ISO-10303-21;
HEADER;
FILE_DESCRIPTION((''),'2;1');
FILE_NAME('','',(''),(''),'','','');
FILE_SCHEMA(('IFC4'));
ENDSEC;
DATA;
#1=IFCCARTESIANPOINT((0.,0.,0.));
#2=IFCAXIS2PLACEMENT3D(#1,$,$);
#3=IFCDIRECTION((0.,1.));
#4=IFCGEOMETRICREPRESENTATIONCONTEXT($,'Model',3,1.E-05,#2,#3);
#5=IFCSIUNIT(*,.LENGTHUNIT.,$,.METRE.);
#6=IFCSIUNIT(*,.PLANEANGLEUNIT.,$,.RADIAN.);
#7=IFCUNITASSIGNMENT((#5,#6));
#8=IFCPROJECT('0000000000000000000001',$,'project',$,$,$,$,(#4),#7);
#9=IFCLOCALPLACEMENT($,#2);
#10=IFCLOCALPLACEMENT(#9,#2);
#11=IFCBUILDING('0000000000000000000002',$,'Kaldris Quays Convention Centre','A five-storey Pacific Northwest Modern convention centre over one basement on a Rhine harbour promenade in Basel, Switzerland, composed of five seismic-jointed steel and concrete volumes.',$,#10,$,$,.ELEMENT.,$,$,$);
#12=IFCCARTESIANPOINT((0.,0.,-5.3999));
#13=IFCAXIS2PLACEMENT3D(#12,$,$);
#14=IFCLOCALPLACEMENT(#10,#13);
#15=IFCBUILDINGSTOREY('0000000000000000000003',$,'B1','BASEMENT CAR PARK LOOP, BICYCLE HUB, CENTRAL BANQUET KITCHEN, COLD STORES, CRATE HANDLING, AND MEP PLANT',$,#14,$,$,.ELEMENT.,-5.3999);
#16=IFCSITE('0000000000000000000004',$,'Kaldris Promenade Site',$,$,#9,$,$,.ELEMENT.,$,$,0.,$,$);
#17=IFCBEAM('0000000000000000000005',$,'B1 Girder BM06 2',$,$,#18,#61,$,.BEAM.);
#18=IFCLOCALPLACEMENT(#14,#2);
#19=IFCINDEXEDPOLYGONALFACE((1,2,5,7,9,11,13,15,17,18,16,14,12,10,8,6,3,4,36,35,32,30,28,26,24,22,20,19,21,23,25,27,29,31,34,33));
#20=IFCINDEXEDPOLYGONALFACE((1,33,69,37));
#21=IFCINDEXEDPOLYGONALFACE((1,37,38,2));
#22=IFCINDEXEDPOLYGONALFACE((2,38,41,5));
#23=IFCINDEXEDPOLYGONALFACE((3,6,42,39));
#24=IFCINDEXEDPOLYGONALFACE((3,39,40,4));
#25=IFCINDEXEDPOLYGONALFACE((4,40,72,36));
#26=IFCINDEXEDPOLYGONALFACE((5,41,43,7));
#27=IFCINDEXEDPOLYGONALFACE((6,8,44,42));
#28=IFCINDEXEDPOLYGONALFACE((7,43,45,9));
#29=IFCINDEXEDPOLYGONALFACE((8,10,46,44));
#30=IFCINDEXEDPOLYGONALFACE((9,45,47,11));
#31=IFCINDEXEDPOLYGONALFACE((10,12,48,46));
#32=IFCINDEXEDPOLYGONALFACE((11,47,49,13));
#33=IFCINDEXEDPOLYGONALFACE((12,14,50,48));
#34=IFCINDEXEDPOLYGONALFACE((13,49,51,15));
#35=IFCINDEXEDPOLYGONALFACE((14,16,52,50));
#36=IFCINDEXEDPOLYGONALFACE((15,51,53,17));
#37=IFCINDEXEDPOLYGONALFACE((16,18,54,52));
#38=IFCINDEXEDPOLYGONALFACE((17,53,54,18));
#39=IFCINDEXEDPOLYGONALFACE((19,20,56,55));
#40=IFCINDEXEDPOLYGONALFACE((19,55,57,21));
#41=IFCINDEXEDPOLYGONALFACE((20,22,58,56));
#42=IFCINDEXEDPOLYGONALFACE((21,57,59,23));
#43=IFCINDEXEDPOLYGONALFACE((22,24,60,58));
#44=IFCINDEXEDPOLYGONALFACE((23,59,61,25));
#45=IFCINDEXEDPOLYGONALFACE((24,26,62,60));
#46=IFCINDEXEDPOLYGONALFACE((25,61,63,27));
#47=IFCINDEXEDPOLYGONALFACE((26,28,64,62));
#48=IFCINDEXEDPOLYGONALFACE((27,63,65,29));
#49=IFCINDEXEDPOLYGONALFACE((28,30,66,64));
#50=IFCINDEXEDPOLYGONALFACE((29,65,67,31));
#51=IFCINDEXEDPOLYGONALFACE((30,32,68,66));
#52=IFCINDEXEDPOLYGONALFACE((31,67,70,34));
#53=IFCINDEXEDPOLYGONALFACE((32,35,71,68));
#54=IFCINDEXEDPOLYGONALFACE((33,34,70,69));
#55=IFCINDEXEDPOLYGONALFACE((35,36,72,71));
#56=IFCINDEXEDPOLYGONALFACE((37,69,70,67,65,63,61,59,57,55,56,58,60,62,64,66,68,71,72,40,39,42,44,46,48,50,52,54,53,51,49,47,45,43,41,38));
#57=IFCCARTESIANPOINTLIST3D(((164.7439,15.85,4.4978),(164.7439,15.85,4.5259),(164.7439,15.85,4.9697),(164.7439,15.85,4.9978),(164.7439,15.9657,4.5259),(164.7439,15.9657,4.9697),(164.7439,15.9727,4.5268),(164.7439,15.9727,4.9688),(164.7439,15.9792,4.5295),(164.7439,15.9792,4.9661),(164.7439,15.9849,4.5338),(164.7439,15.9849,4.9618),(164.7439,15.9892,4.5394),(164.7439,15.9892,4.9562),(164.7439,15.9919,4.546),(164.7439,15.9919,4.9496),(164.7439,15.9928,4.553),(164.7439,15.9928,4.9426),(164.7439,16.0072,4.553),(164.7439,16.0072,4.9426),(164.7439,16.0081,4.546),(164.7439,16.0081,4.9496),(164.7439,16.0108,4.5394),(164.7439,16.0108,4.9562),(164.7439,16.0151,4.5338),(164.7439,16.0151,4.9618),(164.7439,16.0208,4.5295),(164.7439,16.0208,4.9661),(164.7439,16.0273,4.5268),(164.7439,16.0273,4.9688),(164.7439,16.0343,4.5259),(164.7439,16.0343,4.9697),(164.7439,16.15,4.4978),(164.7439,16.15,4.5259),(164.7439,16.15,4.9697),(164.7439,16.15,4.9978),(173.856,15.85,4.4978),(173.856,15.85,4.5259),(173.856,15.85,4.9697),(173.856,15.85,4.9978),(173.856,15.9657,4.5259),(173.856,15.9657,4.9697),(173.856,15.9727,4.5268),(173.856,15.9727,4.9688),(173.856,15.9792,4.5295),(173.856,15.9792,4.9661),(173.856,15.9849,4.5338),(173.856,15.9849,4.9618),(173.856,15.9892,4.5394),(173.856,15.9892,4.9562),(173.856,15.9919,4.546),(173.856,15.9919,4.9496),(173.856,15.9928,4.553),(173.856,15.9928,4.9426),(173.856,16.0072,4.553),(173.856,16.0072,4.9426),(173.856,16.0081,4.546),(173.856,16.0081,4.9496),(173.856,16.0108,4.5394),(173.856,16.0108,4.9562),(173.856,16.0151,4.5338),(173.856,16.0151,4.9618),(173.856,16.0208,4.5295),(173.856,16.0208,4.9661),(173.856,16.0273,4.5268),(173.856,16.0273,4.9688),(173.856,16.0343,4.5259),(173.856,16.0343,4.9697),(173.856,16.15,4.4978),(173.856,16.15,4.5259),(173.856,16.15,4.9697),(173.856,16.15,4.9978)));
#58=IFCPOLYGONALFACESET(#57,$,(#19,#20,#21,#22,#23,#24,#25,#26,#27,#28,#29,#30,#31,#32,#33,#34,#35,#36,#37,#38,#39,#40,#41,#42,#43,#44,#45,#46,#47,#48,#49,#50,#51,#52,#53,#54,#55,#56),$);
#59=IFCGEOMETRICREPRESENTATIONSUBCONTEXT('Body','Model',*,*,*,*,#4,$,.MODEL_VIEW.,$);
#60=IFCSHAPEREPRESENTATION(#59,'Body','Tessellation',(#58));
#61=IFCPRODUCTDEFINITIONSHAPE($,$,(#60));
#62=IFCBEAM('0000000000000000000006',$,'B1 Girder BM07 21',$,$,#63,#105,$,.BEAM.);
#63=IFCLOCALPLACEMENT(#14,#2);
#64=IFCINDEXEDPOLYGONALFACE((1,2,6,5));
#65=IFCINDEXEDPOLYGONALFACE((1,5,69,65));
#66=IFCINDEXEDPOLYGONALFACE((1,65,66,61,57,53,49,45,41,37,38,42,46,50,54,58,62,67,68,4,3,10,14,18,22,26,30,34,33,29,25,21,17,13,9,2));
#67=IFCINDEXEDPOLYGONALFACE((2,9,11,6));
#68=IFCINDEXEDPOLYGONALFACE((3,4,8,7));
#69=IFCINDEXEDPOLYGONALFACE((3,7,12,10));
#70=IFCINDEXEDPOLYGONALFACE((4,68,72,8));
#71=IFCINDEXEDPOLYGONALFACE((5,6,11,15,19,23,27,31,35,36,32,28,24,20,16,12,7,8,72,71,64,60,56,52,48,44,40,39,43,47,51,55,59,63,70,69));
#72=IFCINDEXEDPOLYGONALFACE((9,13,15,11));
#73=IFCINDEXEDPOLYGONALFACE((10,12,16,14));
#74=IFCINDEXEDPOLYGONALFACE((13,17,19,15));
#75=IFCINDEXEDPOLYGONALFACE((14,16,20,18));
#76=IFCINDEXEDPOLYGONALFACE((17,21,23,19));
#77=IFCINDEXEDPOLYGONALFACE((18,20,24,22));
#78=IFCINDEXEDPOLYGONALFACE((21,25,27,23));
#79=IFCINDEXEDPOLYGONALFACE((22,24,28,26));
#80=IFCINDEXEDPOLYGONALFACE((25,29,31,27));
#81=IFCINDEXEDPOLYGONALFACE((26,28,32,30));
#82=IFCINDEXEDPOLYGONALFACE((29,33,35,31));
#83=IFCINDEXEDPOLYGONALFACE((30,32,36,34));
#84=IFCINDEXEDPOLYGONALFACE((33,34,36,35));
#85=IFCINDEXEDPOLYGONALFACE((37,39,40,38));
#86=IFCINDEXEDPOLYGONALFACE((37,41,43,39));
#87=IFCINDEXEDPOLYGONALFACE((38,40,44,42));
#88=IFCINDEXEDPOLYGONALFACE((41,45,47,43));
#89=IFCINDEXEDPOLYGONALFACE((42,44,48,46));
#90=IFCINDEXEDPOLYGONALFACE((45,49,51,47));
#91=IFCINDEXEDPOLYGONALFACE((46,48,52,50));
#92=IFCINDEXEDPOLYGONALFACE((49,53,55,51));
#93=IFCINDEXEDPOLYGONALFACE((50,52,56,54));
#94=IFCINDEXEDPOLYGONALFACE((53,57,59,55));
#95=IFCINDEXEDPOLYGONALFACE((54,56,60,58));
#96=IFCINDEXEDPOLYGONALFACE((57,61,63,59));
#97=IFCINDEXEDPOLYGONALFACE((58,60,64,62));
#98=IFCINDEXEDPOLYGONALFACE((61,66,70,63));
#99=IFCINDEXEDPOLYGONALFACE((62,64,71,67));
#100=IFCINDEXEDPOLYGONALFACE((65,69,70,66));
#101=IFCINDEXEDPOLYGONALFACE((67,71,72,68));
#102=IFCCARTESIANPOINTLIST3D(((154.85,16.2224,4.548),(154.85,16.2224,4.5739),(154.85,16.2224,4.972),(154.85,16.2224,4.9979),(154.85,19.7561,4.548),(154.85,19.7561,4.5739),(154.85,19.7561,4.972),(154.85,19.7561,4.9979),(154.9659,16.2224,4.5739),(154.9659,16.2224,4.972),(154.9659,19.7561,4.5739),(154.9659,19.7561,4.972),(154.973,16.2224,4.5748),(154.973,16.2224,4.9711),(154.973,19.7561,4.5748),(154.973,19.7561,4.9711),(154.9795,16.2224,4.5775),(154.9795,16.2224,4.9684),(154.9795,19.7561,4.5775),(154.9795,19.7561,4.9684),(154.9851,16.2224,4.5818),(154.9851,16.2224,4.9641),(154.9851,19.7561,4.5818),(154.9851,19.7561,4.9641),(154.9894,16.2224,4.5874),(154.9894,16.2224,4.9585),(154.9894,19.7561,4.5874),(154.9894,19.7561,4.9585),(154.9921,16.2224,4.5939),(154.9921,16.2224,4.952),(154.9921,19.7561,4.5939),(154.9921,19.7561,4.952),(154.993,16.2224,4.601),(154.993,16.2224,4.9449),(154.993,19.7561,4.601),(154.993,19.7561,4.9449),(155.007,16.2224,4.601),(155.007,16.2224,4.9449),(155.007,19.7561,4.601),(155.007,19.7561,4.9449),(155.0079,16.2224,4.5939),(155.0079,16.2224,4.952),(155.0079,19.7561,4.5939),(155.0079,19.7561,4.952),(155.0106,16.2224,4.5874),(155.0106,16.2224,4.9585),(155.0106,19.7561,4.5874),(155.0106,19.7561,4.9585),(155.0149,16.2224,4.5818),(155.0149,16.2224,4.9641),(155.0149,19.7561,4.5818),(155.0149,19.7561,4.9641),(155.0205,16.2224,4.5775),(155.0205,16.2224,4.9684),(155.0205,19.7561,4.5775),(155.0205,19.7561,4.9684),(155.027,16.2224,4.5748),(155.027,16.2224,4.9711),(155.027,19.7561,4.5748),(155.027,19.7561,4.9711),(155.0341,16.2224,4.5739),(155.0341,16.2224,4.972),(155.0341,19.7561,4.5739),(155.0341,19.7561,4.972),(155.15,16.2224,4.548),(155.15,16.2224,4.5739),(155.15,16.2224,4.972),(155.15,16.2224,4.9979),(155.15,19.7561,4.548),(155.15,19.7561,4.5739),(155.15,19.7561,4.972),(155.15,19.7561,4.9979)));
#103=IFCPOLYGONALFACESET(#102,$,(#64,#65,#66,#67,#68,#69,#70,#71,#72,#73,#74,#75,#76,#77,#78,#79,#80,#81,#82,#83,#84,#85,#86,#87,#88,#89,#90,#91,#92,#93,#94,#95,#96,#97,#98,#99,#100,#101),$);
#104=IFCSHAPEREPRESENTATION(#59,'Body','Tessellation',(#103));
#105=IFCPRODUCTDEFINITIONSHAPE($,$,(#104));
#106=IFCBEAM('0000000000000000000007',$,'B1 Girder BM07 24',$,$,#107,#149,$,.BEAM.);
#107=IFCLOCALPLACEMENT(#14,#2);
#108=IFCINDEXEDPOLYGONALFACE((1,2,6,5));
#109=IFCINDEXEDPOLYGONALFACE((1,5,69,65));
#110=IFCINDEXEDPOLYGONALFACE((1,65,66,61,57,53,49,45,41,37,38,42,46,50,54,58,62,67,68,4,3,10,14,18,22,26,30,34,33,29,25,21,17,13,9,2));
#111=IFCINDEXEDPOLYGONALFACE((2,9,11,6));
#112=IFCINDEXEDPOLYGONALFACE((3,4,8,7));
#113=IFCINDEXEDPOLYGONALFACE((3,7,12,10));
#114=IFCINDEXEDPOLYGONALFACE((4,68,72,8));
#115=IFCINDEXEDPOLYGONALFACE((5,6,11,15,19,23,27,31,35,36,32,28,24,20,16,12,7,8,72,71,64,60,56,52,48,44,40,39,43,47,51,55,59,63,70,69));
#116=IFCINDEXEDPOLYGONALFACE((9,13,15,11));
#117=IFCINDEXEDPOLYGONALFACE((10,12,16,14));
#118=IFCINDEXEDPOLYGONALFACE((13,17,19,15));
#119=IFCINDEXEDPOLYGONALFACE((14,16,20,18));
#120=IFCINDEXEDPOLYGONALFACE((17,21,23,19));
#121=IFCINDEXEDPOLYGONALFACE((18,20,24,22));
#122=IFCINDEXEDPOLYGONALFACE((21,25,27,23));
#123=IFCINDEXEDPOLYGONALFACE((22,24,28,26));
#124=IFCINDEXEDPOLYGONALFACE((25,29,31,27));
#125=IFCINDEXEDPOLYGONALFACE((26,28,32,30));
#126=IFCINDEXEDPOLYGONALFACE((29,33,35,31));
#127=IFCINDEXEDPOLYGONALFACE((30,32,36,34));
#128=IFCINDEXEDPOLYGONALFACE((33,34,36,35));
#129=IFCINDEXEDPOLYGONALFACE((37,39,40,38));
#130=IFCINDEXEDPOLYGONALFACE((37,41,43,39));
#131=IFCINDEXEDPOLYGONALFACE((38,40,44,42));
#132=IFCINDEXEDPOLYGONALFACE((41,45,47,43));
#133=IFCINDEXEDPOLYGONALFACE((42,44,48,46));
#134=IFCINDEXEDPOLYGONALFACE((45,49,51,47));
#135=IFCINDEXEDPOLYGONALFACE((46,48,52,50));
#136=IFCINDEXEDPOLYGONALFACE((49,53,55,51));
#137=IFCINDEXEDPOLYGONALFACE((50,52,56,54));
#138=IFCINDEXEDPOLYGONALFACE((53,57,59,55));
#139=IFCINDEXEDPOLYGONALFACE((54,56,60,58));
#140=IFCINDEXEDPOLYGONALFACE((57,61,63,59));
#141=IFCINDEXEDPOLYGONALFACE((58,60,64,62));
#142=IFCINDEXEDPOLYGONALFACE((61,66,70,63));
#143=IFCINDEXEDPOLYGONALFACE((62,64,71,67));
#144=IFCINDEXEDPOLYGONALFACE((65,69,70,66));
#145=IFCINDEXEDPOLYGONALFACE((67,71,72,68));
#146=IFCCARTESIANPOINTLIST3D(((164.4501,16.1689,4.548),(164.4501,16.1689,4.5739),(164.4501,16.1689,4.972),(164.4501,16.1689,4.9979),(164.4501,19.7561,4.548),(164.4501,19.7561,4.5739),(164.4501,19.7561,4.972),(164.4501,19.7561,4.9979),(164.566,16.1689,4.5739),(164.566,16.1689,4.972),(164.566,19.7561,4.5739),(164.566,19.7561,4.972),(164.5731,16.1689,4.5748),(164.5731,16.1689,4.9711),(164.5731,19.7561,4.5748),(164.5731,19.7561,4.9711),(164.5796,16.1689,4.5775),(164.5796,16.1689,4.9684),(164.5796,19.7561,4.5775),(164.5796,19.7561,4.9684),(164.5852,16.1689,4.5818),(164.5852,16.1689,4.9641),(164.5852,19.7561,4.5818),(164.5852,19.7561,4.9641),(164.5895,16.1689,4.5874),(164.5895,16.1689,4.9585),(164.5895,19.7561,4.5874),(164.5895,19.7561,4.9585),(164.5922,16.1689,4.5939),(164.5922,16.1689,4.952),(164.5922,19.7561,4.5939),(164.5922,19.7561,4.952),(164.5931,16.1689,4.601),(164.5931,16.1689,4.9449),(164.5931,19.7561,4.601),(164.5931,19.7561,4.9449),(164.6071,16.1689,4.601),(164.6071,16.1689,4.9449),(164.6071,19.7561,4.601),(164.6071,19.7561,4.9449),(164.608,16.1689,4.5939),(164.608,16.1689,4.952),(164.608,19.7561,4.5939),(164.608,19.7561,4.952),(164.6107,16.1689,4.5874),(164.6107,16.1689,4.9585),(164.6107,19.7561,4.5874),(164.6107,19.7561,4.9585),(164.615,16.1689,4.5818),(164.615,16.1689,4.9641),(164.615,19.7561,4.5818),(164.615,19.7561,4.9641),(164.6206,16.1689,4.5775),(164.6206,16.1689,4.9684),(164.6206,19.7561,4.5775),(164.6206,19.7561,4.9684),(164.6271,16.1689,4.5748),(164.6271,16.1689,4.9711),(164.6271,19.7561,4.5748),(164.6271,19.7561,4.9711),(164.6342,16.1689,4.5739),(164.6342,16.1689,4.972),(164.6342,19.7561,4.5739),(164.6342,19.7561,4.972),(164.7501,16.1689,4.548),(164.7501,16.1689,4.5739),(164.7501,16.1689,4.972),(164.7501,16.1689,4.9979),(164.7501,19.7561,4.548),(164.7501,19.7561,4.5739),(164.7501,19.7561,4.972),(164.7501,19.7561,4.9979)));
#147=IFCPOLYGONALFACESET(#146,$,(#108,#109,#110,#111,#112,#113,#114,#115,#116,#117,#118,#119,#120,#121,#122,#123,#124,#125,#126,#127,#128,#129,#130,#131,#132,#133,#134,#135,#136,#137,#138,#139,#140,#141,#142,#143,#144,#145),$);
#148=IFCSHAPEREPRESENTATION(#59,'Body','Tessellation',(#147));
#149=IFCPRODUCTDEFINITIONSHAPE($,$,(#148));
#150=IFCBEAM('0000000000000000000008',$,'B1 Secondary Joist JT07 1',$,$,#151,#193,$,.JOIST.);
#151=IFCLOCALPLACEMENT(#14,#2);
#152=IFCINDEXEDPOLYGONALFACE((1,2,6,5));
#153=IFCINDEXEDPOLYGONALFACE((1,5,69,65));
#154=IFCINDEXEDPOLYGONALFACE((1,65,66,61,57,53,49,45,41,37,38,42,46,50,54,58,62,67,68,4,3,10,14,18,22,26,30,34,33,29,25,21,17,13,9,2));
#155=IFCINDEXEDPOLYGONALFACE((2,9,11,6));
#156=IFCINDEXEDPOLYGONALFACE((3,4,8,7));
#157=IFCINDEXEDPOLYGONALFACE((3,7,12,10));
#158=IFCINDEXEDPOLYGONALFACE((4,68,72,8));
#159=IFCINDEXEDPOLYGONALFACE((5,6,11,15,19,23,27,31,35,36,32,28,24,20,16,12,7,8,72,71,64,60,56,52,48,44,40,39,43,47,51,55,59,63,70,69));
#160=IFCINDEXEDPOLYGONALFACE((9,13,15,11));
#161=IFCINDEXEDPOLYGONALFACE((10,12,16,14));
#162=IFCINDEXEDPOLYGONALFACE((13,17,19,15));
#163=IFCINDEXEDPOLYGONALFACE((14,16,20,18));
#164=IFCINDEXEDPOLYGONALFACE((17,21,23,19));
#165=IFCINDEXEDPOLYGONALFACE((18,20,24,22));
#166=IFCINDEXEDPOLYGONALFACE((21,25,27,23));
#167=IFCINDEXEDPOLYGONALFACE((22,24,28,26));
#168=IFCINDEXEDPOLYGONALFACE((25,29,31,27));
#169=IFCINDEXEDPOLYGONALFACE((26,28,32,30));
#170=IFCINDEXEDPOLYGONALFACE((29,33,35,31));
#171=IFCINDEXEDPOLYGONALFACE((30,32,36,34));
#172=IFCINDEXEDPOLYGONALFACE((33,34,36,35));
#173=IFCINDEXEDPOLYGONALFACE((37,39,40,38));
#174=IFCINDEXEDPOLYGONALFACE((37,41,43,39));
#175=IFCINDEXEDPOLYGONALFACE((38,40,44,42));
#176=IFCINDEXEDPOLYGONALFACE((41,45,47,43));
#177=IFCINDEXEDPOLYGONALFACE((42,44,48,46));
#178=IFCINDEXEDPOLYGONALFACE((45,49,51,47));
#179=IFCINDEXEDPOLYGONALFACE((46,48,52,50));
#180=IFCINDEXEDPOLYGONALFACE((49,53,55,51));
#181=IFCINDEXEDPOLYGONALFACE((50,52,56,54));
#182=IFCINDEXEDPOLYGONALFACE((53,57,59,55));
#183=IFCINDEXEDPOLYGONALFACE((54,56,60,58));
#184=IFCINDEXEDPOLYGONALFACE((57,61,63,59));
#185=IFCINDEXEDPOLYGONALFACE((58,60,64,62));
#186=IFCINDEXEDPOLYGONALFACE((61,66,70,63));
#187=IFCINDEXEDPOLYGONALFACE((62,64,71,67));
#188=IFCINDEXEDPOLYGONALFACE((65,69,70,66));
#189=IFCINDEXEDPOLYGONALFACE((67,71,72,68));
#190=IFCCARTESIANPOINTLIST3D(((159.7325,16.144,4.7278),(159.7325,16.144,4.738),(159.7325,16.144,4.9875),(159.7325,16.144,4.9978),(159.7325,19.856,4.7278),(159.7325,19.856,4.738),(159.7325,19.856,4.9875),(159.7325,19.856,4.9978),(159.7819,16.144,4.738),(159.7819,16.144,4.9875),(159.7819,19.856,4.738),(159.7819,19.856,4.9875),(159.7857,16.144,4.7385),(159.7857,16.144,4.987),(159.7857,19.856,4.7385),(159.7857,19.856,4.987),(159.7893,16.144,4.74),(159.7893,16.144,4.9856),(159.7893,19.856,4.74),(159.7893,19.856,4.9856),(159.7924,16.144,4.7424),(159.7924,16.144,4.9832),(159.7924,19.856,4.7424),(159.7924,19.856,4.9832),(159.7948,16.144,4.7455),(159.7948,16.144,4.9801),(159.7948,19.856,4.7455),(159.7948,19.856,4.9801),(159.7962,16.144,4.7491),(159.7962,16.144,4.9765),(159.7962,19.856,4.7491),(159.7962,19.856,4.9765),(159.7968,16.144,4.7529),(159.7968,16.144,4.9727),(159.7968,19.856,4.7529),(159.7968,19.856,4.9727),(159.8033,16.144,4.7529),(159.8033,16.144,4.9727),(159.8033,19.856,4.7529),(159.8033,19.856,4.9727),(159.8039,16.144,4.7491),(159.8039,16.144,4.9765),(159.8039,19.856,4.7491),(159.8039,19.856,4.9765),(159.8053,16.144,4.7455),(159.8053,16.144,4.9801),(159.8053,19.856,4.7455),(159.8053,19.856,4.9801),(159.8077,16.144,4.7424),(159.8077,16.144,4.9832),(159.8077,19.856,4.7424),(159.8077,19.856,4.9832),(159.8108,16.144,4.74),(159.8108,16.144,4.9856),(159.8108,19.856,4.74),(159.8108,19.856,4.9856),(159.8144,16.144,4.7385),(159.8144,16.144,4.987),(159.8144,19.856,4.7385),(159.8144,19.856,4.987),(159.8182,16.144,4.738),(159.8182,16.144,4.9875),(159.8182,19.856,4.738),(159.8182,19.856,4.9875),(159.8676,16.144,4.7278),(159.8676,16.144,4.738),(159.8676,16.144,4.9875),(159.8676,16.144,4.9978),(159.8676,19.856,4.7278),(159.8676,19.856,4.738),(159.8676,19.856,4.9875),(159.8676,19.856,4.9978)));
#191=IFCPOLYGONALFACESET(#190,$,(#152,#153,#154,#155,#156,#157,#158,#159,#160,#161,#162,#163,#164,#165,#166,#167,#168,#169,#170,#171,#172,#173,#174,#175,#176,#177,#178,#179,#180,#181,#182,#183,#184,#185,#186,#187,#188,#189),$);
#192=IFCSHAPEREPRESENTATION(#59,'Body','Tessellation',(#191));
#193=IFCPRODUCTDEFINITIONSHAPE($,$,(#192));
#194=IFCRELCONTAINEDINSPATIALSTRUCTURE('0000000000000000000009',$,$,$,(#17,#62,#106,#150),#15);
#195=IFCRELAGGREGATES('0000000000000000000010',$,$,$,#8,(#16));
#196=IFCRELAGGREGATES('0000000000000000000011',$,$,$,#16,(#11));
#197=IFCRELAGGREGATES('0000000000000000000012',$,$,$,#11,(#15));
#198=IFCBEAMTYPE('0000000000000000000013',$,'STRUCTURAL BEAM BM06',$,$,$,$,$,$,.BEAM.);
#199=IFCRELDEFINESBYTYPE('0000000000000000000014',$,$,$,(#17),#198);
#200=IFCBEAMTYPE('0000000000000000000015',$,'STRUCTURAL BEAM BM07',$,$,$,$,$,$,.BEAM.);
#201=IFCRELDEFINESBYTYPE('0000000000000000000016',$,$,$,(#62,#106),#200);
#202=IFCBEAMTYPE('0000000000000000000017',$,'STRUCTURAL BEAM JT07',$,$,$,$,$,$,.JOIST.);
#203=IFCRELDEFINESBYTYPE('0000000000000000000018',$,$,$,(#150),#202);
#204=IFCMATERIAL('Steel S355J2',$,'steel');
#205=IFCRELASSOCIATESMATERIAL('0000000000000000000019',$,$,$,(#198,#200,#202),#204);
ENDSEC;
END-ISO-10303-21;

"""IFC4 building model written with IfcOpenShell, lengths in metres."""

from ifc_helpers import new_model, si_unit, direction, frame, origin, origin_2d, place, context, subcontext, project, spatial, i_section, extrude, material, material_profile, profile_set, type_object, element, save


model = new_model("IFC4")

# Units and contexts
model_context = context("Model", 3, precision=1e-05, world=origin(), true_north=direction((0.0, 1.0)))
body_context = subcontext(model_context, "Body", "Model", "MODEL_VIEW")
ifc_project = project(units=[si_unit("LENGTHUNIT", "METRE"), si_unit("PLANEANGLEUNIT", "RADIAN")], contexts=[model_context])

# Site, building, storey
site_placement = place(None, origin())
site = spatial("IfcSite", under=ifc_project, at=site_placement, Name="Kaldris Promenade Site", CompositionType="ELEMENT", RefElevation=0.0)
building_placement = place(site_placement, origin())
building = spatial("IfcBuilding", under=site, at=building_placement, Name="Kaldris Quays Convention Centre", Description="A five-storey Pacific Northwest Modern convention centre over one basement on a Rhine harbour promenade in Basel, Switzerland, composed of five seismic-jointed steel and concrete volumes.", CompositionType="ELEMENT")
storey_placement = place(building_placement, frame((0.0, 0.0, -5.3999)))
storey = spatial("IfcBuildingStorey", under=building, at=storey_placement, Name="B1", Description="BASEMENT CAR PARK LOOP, BICYCLE HUB, CENTRAL BANQUET KITCHEN, COLD STORES, CRATE HANDLING, AND MEP PLANT", CompositionType="ELEMENT", Elevation=-5.3999)

# Shared definitions
ifc_material_1 = material(Name="Steel S355J2", Category="steel")

# Beams
ifc_material_profile_1 = material_profile(ifc_material_1, i_section(OverallWidth=0.3, OverallDepth=0.5, WebThickness=0.0144, FlangeThickness=0.0281, FilletRadius=0.0271, at=origin_2d()), Name="HEB 500")
ifc_profile_set_1 = profile_set([ifc_material_profile_1], Name="Steel S355J2")
beam_type_1 = type_object("IfcBeamType", Name="STRUCTURAL BEAM BM06", PredefinedType="BEAM", material=ifc_profile_set_1)
beam_1_placement = place(storey_placement, frame((164.7439, 16.0, 4.7478), z_axis=(1.0, 0.0, 0.0), x_axis=(0.0, 1.0, 0.0)))
element("IfcBeam", 1, at=beam_1_placement, inside=storey, type_object=beam_type_1, Name="B1 Girder BM06 2", PredefinedType="BEAM", context=body_context, shape_type="SweptSolid", body=[
    extrude(i_section(OverallWidth=0.3, OverallDepth=0.5, WebThickness=0.0144, FlangeThickness=0.0281, FilletRadius=0.0271, at=origin_2d()), origin(), (0.0, 0.0, 1.0), 9.1121),
])
ifc_material_profile_2 = material_profile(ifc_material_1, i_section(OverallWidth=0.3, OverallDepth=0.45, WebThickness=0.0139, FlangeThickness=0.0259, FilletRadius=0.0271, at=origin_2d()), Name="HEB 450")
ifc_profile_set_2 = profile_set([ifc_material_profile_2], Name="Steel S355J2")
beam_type_2 = type_object("IfcBeamType", Name="STRUCTURAL BEAM BM07", PredefinedType="BEAM", material=ifc_profile_set_2)
beam_2_placement = place(storey_placement, frame((155.0, 16.2224, 4.7729), z_axis=(0.0, 1.0, 0.0), x_axis=(-1.0, 0.0, 0.0)))
element("IfcBeam", 2, at=beam_2_placement, inside=storey, type_object=beam_type_2, Name="B1 Girder BM07 21", PredefinedType="BEAM", context=body_context, shape_type="SweptSolid", body=[
    extrude(i_section(OverallWidth=0.3, OverallDepth=0.45, WebThickness=0.0139, FlangeThickness=0.0259, FilletRadius=0.0271, at=origin_2d()), origin(), (0.0, 0.0, 1.0), 3.5337),
])
beam_3_placement = place(storey_placement, frame((164.6001, 16.1689, 4.7729), z_axis=(0.0, 1.0, 0.0), x_axis=(-1.0, 0.0, 0.0)))
element("IfcBeam", 3, at=beam_3_placement, inside=storey, type_object=beam_type_2, Name="B1 Girder BM07 24", PredefinedType="BEAM", context=body_context, shape_type="SweptSolid", body=[
    extrude(i_section(OverallWidth=0.3, OverallDepth=0.45, WebThickness=0.0139, FlangeThickness=0.0259, FilletRadius=0.0271, at=origin_2d()), origin(), (0.0, 0.0, 1.0), 3.5872),
])
ifc_material_profile_3 = material_profile(ifc_material_1, i_section(OverallWidth=0.135, OverallDepth=0.27, WebThickness=0.0066, FlangeThickness=0.0103, FilletRadius=0.0149, at=origin_2d()), Name="IPE 270")
ifc_profile_set_3 = profile_set([ifc_material_profile_3], Name="Steel S355J2")
beam_type_3 = type_object("IfcBeamType", Name="STRUCTURAL BEAM JT07", PredefinedType="JOIST", material=ifc_profile_set_3)
beam_4_placement = place(storey_placement, frame((159.8, 16.144, 4.8628), z_axis=(0.0, 1.0, 0.0), x_axis=(-1.0, 0.0, 0.0)))
element("IfcBeam", 4, at=beam_4_placement, inside=storey, type_object=beam_type_3, Name="B1 Secondary Joist JT07 1", PredefinedType="JOIST", context=body_context, shape_type="SweptSolid", body=[
    extrude(i_section(OverallWidth=0.135, OverallDepth=0.27, WebThickness=0.0066, FlangeThickness=0.0103, FilletRadius=0.0149, at=origin_2d()), origin(), (0.0, 0.0, 1.0), 3.7119),
])

save(model, "model.ifc")
